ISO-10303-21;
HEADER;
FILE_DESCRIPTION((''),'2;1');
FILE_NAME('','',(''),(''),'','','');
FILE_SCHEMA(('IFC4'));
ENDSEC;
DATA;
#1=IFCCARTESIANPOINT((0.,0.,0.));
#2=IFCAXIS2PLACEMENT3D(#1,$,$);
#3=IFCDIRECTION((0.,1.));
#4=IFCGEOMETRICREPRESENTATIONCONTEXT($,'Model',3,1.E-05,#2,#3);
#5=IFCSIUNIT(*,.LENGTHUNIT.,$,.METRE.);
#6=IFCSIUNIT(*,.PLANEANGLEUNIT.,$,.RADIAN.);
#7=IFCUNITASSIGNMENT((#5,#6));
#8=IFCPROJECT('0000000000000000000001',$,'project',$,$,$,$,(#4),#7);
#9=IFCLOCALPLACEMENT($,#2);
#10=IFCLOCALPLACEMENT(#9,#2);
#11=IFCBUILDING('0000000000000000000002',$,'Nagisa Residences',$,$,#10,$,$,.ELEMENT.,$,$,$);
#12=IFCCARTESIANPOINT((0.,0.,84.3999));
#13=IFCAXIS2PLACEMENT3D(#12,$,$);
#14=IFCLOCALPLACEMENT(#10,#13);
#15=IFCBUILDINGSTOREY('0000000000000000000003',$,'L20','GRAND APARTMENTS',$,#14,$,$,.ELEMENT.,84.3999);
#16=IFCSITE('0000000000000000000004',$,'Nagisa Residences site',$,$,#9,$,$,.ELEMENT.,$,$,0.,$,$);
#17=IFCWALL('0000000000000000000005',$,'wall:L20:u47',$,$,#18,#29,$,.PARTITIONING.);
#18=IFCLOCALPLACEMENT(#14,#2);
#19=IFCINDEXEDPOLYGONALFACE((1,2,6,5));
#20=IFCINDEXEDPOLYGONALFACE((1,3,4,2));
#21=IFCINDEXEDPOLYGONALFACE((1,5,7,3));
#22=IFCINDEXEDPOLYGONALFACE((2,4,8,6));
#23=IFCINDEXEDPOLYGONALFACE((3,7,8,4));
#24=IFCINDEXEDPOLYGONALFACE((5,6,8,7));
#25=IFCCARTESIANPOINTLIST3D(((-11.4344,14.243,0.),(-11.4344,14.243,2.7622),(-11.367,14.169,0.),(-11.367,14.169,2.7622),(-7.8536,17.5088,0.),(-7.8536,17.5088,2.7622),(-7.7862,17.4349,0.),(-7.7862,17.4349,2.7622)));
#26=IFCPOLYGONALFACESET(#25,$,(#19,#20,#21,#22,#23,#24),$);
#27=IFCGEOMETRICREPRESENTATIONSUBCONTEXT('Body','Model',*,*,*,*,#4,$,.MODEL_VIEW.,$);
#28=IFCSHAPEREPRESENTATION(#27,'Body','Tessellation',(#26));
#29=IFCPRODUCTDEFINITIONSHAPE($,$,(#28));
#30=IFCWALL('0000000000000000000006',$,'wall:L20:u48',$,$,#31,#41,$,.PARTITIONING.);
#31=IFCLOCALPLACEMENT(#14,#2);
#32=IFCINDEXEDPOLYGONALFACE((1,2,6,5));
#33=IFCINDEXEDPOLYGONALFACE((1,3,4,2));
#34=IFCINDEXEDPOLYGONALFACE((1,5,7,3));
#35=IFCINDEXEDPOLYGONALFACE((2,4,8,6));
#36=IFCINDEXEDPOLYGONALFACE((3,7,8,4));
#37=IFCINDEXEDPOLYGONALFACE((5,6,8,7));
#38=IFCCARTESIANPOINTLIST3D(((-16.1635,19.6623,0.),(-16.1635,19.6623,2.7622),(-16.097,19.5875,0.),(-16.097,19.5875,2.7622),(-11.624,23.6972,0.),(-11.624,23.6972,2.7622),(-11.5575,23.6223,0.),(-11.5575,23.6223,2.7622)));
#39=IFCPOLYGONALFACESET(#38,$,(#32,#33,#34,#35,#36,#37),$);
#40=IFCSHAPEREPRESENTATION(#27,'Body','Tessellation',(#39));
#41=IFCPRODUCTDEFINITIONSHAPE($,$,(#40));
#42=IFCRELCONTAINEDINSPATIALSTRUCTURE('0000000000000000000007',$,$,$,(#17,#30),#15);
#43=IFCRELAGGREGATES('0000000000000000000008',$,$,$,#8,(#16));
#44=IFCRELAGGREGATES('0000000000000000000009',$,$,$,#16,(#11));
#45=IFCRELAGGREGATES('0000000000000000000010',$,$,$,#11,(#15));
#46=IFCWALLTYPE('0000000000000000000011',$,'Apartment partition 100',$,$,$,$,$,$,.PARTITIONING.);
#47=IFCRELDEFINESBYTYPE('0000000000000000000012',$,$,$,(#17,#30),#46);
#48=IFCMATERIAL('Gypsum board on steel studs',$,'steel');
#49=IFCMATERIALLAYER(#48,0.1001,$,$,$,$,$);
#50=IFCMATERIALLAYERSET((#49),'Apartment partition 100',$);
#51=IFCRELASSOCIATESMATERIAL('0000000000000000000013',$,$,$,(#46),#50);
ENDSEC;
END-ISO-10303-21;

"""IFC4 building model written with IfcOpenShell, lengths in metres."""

from ifc_helpers import new_model, si_unit, direction, frame, frame_2d, origin, place, context, subcontext, project, spatial, rectangle, extrude, material, layer, layer_set, type_object, element, save


model = new_model("IFC4")

# Units and contexts
model_context = context("Model", 3, precision=1e-05, world=origin(), true_north=direction((0.0, 1.0)))
body_context = subcontext(model_context, "Body", "Model", "MODEL_VIEW")
ifc_project = project(units=[si_unit("LENGTHUNIT", "METRE"), si_unit("PLANEANGLEUNIT", "RADIAN")], contexts=[model_context])

# Site, building, storey
site_placement = place(None, origin())
site = spatial("IfcSite", under=ifc_project, at=site_placement, Name="Nagisa Residences site", CompositionType="ELEMENT", RefElevation=0.0)
building_placement = place(site_placement, origin())
building = spatial("IfcBuilding", under=site, at=building_placement, Name="Nagisa Residences", CompositionType="ELEMENT")
storey_placement = place(building_placement, frame((0.0, 0.0, 84.3999)))
storey = spatial("IfcBuildingStorey", under=building, at=storey_placement, Name="L20", Description="GRAND APARTMENTS", CompositionType="ELEMENT", Elevation=84.3999)

# Shared definitions
ifc_material_1 = material(Name="Gypsum board on steel studs", Category="steel")
ifc_layer_1 = layer(ifc_material_1, 0.1001)
ifc_layer_set_1 = layer_set([ifc_layer_1], Name="Apartment partition 100")
wall_type_1 = type_object("IfcWallType", Name="Apartment partition 100", PredefinedType="PARTITIONING", material=ifc_layer_set_1)

# Walls
wall_1_placement = place(storey_placement, frame((-7.8198, 17.4719, 0.0), z_axis=(0.0, 0.0, 1.0), x_axis=(-0.738852, -0.673868, 0.0)))
element("IfcWall", 1, at=wall_1_placement, inside=storey, type_object=wall_type_1, Name="wall:L20:u47", PredefinedType="PARTITIONING", context=body_context, shape_type="SweptSolid", body=[
    extrude(rectangle(XDim=4.8464, YDim=0.1001, at=frame_2d((2.4233, 0.0))), origin(), (0.0, 0.0, 1.0), 2.7622),
])
wall_2_placement = place(storey_placement, frame((-11.5908, 23.6597, 0.0), z_axis=(0.0, 0.0, 1.0), x_axis=(-0.747429, -0.664341, 0.0)))
element("IfcWall", 2, at=wall_2_placement, inside=storey, type_object=wall_type_1, Name="wall:L20:u48", PredefinedType="PARTITIONING", context=body_context, shape_type="SweptSolid", body=[
    extrude(rectangle(XDim=6.0735, YDim=0.1001, at=frame_2d((3.0366, 0.0))), origin(), (0.0, 0.0, 1.0), 2.7622),
])

save(model, "model.ifc")
